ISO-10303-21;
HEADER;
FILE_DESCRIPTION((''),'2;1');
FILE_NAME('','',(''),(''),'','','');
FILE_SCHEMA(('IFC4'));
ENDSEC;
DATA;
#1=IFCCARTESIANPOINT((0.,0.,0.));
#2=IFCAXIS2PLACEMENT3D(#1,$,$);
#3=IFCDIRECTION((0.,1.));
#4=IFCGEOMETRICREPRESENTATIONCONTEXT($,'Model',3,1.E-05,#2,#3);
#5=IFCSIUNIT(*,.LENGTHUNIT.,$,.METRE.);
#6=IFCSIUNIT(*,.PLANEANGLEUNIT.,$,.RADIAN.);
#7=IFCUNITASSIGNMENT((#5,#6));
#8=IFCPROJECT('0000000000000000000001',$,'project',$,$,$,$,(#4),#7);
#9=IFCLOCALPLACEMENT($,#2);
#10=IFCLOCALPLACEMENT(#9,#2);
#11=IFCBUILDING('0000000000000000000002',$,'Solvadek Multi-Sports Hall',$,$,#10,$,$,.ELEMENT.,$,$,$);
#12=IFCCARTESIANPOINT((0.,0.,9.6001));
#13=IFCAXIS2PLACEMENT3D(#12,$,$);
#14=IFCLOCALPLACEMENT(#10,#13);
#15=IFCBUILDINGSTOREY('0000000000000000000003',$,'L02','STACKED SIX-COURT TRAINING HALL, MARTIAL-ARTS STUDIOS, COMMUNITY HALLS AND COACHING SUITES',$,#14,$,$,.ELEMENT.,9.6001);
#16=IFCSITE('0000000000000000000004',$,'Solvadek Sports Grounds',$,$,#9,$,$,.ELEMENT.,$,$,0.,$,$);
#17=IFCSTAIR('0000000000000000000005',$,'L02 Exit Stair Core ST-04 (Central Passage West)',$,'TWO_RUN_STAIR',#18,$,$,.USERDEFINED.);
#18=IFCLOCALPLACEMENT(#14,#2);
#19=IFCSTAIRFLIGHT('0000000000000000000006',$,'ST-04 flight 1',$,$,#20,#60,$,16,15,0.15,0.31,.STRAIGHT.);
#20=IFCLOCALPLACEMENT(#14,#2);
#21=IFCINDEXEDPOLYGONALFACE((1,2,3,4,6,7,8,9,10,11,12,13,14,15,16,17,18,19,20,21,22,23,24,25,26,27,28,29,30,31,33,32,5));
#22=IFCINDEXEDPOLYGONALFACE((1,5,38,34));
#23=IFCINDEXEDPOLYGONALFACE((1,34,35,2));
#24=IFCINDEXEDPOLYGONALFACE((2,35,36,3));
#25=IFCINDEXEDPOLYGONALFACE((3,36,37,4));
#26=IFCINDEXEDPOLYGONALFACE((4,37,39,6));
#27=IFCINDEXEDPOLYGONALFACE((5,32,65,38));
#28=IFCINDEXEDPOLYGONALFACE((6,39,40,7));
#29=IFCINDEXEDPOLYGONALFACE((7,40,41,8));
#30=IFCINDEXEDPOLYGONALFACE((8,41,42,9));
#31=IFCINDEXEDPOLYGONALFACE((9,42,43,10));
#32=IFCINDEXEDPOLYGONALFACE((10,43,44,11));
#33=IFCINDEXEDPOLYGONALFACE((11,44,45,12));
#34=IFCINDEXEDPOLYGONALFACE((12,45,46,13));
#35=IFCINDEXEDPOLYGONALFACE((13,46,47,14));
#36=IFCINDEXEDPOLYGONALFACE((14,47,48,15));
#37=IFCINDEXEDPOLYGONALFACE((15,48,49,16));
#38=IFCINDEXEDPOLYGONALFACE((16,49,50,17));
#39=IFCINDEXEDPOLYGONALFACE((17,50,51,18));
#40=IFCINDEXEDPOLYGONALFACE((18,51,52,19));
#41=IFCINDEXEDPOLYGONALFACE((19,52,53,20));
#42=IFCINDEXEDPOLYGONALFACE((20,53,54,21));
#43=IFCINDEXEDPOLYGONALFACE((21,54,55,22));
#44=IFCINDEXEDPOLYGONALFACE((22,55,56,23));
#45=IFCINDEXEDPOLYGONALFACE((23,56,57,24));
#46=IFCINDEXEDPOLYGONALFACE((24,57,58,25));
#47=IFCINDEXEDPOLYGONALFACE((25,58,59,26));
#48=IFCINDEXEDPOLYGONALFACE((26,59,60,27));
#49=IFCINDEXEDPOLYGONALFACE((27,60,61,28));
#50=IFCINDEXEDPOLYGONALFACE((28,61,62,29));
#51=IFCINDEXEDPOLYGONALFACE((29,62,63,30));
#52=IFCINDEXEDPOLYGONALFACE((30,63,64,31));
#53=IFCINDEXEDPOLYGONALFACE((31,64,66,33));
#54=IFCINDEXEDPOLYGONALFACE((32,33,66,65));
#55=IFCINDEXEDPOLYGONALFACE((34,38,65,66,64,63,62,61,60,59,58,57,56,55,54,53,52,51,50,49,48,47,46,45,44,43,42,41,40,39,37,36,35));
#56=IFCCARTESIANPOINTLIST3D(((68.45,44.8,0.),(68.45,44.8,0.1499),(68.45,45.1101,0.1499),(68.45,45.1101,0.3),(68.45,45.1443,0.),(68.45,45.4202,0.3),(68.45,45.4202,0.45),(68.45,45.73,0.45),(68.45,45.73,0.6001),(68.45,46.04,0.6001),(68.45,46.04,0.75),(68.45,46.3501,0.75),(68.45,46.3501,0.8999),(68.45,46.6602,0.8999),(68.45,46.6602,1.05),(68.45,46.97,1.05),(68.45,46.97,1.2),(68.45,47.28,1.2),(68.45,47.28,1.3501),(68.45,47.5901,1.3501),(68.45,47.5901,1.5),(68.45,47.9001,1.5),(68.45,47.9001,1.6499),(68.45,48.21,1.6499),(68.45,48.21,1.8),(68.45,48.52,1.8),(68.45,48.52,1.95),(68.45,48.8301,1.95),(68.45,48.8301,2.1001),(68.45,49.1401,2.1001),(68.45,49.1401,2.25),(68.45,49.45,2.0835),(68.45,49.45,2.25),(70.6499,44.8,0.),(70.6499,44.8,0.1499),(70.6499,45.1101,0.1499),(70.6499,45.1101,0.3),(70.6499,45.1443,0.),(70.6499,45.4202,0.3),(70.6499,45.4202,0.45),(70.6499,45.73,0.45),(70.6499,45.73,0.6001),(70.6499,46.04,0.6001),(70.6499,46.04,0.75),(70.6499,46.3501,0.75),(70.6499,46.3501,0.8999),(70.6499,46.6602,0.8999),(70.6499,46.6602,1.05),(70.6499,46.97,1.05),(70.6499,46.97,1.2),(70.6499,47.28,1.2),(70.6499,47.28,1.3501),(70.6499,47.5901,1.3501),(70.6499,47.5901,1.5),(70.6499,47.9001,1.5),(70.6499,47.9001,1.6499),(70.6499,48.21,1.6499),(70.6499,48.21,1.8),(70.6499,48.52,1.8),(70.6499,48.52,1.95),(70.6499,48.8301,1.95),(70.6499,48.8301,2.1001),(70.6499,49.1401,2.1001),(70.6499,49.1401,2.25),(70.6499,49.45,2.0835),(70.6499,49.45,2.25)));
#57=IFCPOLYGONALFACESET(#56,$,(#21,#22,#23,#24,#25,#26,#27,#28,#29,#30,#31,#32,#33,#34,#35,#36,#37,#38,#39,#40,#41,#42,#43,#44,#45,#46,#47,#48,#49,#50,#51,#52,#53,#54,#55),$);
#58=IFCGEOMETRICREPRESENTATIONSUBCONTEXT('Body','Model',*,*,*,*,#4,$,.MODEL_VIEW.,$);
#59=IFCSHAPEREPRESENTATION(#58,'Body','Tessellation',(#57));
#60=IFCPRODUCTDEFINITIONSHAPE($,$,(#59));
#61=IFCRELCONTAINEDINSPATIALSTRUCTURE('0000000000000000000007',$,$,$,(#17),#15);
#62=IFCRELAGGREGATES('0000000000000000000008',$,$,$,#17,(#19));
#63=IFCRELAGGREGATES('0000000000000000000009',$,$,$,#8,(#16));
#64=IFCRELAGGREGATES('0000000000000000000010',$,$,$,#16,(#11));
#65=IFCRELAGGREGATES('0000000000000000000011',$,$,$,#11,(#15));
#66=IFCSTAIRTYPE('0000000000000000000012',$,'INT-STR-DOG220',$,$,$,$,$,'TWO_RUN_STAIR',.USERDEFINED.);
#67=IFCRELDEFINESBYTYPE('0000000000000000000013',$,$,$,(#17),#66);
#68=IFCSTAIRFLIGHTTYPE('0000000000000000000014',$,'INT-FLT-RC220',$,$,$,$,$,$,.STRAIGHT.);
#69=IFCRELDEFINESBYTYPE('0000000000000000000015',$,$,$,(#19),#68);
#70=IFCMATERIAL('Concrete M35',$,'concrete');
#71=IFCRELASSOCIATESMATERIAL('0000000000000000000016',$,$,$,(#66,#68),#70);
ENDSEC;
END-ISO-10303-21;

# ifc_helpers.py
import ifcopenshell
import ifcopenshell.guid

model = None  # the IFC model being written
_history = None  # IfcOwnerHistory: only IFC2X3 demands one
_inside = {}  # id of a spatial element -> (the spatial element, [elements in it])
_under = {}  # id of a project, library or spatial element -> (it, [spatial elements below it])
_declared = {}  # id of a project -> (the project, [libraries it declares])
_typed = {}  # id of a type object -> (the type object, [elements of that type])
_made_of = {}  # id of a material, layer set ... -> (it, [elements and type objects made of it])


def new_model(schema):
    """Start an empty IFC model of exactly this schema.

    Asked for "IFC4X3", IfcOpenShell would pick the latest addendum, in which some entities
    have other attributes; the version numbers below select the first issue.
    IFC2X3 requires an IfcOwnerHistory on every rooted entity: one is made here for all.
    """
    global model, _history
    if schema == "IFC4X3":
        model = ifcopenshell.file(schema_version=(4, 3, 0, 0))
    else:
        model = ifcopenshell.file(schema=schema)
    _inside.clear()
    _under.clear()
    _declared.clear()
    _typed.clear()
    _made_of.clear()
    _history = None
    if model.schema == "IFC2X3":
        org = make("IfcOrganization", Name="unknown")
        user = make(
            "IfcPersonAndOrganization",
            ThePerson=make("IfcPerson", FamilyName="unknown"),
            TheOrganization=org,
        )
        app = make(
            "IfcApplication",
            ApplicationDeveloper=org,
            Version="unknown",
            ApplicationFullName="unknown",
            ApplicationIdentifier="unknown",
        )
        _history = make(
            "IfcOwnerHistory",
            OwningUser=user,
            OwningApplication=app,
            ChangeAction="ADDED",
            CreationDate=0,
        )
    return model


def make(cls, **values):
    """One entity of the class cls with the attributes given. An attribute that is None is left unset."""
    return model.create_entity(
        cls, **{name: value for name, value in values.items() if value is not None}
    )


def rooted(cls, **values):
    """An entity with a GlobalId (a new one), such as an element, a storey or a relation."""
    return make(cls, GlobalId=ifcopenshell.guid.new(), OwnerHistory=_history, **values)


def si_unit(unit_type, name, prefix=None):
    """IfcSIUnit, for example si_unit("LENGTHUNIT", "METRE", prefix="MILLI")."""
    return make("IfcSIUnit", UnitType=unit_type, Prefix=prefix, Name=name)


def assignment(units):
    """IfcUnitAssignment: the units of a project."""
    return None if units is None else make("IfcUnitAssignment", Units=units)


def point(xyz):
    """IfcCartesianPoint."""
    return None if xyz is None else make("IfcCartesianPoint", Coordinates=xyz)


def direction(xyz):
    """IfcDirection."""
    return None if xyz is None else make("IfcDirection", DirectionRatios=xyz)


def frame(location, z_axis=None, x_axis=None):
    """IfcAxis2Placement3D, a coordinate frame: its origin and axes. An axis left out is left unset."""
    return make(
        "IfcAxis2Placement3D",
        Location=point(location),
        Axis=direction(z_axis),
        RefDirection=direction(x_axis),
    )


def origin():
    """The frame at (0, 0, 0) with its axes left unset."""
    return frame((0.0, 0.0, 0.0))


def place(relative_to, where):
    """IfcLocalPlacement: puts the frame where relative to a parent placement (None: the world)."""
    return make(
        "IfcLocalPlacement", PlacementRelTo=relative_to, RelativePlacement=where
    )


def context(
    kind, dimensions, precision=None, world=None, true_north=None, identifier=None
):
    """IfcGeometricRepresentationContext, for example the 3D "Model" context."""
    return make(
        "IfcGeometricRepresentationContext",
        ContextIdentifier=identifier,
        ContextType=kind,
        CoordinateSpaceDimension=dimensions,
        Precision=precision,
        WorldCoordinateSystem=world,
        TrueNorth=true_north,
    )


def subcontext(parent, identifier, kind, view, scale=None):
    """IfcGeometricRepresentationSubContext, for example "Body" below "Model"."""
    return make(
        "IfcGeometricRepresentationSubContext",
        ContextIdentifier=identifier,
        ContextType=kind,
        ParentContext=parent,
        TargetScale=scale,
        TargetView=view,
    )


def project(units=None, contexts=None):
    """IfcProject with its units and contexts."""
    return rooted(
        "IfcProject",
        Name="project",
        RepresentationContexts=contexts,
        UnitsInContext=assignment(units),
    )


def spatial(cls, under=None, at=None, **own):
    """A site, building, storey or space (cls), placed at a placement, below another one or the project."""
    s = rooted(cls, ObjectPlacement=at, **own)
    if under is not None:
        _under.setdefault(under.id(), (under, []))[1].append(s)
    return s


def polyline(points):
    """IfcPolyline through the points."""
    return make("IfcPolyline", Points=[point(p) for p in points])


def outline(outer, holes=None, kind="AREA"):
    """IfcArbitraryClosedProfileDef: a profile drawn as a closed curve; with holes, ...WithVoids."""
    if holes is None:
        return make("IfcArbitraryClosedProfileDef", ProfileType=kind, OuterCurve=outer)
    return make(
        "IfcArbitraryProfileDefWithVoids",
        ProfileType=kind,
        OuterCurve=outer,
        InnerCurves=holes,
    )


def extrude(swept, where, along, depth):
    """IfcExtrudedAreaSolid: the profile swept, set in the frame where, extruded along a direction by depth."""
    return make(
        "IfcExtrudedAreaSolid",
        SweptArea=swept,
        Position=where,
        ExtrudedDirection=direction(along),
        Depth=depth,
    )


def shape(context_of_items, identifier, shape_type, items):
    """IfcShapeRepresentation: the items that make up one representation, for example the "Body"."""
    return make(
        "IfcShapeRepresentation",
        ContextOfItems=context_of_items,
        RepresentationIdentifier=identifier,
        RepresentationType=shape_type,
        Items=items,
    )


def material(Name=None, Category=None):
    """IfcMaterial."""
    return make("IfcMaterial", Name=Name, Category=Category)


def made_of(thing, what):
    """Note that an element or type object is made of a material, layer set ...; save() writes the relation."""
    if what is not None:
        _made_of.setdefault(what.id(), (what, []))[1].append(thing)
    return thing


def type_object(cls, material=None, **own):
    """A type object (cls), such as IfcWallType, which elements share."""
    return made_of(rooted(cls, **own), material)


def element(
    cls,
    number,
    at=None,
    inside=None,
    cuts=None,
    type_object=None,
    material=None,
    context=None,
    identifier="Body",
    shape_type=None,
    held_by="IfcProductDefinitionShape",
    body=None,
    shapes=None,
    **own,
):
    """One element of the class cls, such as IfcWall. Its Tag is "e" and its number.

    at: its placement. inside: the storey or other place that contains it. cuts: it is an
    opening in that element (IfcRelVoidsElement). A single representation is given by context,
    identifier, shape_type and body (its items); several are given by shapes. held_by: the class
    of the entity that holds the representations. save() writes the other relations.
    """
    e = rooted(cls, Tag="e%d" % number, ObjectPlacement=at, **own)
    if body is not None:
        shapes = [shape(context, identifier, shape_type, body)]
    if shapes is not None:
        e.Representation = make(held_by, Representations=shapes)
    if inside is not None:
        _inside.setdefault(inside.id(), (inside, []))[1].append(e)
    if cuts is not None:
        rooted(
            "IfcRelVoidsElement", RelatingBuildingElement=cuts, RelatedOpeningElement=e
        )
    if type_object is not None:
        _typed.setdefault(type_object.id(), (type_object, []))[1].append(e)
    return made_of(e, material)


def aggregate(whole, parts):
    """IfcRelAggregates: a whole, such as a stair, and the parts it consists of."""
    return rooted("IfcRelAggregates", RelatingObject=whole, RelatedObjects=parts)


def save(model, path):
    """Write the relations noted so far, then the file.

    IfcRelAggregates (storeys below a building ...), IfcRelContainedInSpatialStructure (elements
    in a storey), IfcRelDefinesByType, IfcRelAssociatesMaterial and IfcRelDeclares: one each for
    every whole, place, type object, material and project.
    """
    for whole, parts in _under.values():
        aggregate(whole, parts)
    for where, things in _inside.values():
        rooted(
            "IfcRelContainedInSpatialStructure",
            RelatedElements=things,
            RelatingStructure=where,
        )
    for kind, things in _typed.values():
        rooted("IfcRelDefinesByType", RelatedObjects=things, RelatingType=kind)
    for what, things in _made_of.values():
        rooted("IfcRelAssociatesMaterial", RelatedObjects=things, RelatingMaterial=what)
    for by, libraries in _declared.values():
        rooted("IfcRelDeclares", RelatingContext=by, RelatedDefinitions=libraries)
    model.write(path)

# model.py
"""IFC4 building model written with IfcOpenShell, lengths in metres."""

from ifc_helpers import new_model, si_unit, direction, frame, origin, place, context, subcontext, project, spatial, polyline, outline, extrude, material, type_object, element, aggregate, save


model = new_model("IFC4")

# Units and contexts
model_context = context("Model", 3, precision=1e-05, world=origin(), true_north=direction((0.0, 1.0)))
body_context = subcontext(model_context, "Body", "Model", "MODEL_VIEW")
ifc_project = project(units=[si_unit("LENGTHUNIT", "METRE"), si_unit("PLANEANGLEUNIT", "RADIAN")], contexts=[model_context])

# Site, building, storey
site_placement = place(None, origin())
site = spatial("IfcSite", under=ifc_project, at=site_placement, Name="Solvadek Sports Grounds", CompositionType="ELEMENT", RefElevation=0.0)
building_placement = place(site_placement, origin())
building = spatial("IfcBuilding", under=site, at=building_placement, Name="Solvadek Multi-Sports Hall", CompositionType="ELEMENT")
storey_placement = place(building_placement, frame((0.0, 0.0, 9.6001)))
storey = spatial("IfcBuildingStorey", under=building, at=storey_placement, Name="L02", Description="STACKED SIX-COURT TRAINING HALL, MARTIAL-ARTS STUDIOS, COMMUNITY HALLS AND COACHING SUITES", CompositionType="ELEMENT", Elevation=9.6001)

# Stair, stair flight
ifc_material_1 = material(Name="Concrete M35", Category="concrete")
stair_type = type_object("IfcStairType", Name="INT-STR-DOG220", ElementType="TWO_RUN_STAIR", PredefinedType="USERDEFINED", material=ifc_material_1)
stair_placement = place(storey_placement, origin())
stair = element("IfcStair", 1, at=stair_placement, inside=storey, type_object=stair_type, Name="L02 Exit Stair Core ST-04 (Central Passage West)", ObjectType="TWO_RUN_STAIR", PredefinedType="USERDEFINED")
stair_flight_type = type_object("IfcStairFlightType", Name="INT-FLT-RC220", PredefinedType="STRAIGHT", material=ifc_material_1)
stair_flight_placement = place(storey_placement, frame((69.55, 44.8, 0.0), z_axis=(0.0, 0.0, 1.0), x_axis=(0.0, 1.0, 0.0)))
stair_flight = element("IfcStairFlight", 2, at=stair_flight_placement, type_object=stair_flight_type, Name="ST-04 flight 1", NumberOfRisers=16, NumberOfTreads=15, PredefinedType="STRAIGHT", RiserHeight=0.15, TreadLength=0.31, context=body_context, shape_type="SweptSolid", body=[
    extrude(outline(polyline([(0.0, 0.0), (0.0, 0.1499), (0.3101, 0.1499), (0.3101, 0.3), (0.6201, 0.3), (0.6201, 0.45), (0.9299, 0.45), (0.9299, 0.6001), (1.24, 0.6001), (1.24, 0.75), (1.55, 0.75), (1.55, 0.8999), (1.8601, 0.8999), (1.8601, 1.05), (2.1699, 1.05), (2.1699, 1.2), (2.48, 1.2), (2.48, 1.3501), (2.79, 1.3501), (2.79, 1.5), (3.1001, 1.5), (3.1001, 1.6499), (3.4099, 1.6499), (3.4099, 1.8), (3.72, 1.8), (3.72, 1.95), (4.03, 1.95), (4.03, 2.1001), (4.3401, 2.1001), (4.3401, 2.25), (4.6499, 2.25), (4.6499, 2.3999), (4.6499, 2.0835), (0.3442, 0.0), (0.0, 0.0)])), frame((0.0, 1.1001, 0.0), z_axis=(0.0, -1.0, 0.0), x_axis=(1.0, 0.0, 0.0)), (0.0, 0.0, 1.0), 2.2),
])
aggregate(stair, [stair_flight])

save(model, "model.ifc")
